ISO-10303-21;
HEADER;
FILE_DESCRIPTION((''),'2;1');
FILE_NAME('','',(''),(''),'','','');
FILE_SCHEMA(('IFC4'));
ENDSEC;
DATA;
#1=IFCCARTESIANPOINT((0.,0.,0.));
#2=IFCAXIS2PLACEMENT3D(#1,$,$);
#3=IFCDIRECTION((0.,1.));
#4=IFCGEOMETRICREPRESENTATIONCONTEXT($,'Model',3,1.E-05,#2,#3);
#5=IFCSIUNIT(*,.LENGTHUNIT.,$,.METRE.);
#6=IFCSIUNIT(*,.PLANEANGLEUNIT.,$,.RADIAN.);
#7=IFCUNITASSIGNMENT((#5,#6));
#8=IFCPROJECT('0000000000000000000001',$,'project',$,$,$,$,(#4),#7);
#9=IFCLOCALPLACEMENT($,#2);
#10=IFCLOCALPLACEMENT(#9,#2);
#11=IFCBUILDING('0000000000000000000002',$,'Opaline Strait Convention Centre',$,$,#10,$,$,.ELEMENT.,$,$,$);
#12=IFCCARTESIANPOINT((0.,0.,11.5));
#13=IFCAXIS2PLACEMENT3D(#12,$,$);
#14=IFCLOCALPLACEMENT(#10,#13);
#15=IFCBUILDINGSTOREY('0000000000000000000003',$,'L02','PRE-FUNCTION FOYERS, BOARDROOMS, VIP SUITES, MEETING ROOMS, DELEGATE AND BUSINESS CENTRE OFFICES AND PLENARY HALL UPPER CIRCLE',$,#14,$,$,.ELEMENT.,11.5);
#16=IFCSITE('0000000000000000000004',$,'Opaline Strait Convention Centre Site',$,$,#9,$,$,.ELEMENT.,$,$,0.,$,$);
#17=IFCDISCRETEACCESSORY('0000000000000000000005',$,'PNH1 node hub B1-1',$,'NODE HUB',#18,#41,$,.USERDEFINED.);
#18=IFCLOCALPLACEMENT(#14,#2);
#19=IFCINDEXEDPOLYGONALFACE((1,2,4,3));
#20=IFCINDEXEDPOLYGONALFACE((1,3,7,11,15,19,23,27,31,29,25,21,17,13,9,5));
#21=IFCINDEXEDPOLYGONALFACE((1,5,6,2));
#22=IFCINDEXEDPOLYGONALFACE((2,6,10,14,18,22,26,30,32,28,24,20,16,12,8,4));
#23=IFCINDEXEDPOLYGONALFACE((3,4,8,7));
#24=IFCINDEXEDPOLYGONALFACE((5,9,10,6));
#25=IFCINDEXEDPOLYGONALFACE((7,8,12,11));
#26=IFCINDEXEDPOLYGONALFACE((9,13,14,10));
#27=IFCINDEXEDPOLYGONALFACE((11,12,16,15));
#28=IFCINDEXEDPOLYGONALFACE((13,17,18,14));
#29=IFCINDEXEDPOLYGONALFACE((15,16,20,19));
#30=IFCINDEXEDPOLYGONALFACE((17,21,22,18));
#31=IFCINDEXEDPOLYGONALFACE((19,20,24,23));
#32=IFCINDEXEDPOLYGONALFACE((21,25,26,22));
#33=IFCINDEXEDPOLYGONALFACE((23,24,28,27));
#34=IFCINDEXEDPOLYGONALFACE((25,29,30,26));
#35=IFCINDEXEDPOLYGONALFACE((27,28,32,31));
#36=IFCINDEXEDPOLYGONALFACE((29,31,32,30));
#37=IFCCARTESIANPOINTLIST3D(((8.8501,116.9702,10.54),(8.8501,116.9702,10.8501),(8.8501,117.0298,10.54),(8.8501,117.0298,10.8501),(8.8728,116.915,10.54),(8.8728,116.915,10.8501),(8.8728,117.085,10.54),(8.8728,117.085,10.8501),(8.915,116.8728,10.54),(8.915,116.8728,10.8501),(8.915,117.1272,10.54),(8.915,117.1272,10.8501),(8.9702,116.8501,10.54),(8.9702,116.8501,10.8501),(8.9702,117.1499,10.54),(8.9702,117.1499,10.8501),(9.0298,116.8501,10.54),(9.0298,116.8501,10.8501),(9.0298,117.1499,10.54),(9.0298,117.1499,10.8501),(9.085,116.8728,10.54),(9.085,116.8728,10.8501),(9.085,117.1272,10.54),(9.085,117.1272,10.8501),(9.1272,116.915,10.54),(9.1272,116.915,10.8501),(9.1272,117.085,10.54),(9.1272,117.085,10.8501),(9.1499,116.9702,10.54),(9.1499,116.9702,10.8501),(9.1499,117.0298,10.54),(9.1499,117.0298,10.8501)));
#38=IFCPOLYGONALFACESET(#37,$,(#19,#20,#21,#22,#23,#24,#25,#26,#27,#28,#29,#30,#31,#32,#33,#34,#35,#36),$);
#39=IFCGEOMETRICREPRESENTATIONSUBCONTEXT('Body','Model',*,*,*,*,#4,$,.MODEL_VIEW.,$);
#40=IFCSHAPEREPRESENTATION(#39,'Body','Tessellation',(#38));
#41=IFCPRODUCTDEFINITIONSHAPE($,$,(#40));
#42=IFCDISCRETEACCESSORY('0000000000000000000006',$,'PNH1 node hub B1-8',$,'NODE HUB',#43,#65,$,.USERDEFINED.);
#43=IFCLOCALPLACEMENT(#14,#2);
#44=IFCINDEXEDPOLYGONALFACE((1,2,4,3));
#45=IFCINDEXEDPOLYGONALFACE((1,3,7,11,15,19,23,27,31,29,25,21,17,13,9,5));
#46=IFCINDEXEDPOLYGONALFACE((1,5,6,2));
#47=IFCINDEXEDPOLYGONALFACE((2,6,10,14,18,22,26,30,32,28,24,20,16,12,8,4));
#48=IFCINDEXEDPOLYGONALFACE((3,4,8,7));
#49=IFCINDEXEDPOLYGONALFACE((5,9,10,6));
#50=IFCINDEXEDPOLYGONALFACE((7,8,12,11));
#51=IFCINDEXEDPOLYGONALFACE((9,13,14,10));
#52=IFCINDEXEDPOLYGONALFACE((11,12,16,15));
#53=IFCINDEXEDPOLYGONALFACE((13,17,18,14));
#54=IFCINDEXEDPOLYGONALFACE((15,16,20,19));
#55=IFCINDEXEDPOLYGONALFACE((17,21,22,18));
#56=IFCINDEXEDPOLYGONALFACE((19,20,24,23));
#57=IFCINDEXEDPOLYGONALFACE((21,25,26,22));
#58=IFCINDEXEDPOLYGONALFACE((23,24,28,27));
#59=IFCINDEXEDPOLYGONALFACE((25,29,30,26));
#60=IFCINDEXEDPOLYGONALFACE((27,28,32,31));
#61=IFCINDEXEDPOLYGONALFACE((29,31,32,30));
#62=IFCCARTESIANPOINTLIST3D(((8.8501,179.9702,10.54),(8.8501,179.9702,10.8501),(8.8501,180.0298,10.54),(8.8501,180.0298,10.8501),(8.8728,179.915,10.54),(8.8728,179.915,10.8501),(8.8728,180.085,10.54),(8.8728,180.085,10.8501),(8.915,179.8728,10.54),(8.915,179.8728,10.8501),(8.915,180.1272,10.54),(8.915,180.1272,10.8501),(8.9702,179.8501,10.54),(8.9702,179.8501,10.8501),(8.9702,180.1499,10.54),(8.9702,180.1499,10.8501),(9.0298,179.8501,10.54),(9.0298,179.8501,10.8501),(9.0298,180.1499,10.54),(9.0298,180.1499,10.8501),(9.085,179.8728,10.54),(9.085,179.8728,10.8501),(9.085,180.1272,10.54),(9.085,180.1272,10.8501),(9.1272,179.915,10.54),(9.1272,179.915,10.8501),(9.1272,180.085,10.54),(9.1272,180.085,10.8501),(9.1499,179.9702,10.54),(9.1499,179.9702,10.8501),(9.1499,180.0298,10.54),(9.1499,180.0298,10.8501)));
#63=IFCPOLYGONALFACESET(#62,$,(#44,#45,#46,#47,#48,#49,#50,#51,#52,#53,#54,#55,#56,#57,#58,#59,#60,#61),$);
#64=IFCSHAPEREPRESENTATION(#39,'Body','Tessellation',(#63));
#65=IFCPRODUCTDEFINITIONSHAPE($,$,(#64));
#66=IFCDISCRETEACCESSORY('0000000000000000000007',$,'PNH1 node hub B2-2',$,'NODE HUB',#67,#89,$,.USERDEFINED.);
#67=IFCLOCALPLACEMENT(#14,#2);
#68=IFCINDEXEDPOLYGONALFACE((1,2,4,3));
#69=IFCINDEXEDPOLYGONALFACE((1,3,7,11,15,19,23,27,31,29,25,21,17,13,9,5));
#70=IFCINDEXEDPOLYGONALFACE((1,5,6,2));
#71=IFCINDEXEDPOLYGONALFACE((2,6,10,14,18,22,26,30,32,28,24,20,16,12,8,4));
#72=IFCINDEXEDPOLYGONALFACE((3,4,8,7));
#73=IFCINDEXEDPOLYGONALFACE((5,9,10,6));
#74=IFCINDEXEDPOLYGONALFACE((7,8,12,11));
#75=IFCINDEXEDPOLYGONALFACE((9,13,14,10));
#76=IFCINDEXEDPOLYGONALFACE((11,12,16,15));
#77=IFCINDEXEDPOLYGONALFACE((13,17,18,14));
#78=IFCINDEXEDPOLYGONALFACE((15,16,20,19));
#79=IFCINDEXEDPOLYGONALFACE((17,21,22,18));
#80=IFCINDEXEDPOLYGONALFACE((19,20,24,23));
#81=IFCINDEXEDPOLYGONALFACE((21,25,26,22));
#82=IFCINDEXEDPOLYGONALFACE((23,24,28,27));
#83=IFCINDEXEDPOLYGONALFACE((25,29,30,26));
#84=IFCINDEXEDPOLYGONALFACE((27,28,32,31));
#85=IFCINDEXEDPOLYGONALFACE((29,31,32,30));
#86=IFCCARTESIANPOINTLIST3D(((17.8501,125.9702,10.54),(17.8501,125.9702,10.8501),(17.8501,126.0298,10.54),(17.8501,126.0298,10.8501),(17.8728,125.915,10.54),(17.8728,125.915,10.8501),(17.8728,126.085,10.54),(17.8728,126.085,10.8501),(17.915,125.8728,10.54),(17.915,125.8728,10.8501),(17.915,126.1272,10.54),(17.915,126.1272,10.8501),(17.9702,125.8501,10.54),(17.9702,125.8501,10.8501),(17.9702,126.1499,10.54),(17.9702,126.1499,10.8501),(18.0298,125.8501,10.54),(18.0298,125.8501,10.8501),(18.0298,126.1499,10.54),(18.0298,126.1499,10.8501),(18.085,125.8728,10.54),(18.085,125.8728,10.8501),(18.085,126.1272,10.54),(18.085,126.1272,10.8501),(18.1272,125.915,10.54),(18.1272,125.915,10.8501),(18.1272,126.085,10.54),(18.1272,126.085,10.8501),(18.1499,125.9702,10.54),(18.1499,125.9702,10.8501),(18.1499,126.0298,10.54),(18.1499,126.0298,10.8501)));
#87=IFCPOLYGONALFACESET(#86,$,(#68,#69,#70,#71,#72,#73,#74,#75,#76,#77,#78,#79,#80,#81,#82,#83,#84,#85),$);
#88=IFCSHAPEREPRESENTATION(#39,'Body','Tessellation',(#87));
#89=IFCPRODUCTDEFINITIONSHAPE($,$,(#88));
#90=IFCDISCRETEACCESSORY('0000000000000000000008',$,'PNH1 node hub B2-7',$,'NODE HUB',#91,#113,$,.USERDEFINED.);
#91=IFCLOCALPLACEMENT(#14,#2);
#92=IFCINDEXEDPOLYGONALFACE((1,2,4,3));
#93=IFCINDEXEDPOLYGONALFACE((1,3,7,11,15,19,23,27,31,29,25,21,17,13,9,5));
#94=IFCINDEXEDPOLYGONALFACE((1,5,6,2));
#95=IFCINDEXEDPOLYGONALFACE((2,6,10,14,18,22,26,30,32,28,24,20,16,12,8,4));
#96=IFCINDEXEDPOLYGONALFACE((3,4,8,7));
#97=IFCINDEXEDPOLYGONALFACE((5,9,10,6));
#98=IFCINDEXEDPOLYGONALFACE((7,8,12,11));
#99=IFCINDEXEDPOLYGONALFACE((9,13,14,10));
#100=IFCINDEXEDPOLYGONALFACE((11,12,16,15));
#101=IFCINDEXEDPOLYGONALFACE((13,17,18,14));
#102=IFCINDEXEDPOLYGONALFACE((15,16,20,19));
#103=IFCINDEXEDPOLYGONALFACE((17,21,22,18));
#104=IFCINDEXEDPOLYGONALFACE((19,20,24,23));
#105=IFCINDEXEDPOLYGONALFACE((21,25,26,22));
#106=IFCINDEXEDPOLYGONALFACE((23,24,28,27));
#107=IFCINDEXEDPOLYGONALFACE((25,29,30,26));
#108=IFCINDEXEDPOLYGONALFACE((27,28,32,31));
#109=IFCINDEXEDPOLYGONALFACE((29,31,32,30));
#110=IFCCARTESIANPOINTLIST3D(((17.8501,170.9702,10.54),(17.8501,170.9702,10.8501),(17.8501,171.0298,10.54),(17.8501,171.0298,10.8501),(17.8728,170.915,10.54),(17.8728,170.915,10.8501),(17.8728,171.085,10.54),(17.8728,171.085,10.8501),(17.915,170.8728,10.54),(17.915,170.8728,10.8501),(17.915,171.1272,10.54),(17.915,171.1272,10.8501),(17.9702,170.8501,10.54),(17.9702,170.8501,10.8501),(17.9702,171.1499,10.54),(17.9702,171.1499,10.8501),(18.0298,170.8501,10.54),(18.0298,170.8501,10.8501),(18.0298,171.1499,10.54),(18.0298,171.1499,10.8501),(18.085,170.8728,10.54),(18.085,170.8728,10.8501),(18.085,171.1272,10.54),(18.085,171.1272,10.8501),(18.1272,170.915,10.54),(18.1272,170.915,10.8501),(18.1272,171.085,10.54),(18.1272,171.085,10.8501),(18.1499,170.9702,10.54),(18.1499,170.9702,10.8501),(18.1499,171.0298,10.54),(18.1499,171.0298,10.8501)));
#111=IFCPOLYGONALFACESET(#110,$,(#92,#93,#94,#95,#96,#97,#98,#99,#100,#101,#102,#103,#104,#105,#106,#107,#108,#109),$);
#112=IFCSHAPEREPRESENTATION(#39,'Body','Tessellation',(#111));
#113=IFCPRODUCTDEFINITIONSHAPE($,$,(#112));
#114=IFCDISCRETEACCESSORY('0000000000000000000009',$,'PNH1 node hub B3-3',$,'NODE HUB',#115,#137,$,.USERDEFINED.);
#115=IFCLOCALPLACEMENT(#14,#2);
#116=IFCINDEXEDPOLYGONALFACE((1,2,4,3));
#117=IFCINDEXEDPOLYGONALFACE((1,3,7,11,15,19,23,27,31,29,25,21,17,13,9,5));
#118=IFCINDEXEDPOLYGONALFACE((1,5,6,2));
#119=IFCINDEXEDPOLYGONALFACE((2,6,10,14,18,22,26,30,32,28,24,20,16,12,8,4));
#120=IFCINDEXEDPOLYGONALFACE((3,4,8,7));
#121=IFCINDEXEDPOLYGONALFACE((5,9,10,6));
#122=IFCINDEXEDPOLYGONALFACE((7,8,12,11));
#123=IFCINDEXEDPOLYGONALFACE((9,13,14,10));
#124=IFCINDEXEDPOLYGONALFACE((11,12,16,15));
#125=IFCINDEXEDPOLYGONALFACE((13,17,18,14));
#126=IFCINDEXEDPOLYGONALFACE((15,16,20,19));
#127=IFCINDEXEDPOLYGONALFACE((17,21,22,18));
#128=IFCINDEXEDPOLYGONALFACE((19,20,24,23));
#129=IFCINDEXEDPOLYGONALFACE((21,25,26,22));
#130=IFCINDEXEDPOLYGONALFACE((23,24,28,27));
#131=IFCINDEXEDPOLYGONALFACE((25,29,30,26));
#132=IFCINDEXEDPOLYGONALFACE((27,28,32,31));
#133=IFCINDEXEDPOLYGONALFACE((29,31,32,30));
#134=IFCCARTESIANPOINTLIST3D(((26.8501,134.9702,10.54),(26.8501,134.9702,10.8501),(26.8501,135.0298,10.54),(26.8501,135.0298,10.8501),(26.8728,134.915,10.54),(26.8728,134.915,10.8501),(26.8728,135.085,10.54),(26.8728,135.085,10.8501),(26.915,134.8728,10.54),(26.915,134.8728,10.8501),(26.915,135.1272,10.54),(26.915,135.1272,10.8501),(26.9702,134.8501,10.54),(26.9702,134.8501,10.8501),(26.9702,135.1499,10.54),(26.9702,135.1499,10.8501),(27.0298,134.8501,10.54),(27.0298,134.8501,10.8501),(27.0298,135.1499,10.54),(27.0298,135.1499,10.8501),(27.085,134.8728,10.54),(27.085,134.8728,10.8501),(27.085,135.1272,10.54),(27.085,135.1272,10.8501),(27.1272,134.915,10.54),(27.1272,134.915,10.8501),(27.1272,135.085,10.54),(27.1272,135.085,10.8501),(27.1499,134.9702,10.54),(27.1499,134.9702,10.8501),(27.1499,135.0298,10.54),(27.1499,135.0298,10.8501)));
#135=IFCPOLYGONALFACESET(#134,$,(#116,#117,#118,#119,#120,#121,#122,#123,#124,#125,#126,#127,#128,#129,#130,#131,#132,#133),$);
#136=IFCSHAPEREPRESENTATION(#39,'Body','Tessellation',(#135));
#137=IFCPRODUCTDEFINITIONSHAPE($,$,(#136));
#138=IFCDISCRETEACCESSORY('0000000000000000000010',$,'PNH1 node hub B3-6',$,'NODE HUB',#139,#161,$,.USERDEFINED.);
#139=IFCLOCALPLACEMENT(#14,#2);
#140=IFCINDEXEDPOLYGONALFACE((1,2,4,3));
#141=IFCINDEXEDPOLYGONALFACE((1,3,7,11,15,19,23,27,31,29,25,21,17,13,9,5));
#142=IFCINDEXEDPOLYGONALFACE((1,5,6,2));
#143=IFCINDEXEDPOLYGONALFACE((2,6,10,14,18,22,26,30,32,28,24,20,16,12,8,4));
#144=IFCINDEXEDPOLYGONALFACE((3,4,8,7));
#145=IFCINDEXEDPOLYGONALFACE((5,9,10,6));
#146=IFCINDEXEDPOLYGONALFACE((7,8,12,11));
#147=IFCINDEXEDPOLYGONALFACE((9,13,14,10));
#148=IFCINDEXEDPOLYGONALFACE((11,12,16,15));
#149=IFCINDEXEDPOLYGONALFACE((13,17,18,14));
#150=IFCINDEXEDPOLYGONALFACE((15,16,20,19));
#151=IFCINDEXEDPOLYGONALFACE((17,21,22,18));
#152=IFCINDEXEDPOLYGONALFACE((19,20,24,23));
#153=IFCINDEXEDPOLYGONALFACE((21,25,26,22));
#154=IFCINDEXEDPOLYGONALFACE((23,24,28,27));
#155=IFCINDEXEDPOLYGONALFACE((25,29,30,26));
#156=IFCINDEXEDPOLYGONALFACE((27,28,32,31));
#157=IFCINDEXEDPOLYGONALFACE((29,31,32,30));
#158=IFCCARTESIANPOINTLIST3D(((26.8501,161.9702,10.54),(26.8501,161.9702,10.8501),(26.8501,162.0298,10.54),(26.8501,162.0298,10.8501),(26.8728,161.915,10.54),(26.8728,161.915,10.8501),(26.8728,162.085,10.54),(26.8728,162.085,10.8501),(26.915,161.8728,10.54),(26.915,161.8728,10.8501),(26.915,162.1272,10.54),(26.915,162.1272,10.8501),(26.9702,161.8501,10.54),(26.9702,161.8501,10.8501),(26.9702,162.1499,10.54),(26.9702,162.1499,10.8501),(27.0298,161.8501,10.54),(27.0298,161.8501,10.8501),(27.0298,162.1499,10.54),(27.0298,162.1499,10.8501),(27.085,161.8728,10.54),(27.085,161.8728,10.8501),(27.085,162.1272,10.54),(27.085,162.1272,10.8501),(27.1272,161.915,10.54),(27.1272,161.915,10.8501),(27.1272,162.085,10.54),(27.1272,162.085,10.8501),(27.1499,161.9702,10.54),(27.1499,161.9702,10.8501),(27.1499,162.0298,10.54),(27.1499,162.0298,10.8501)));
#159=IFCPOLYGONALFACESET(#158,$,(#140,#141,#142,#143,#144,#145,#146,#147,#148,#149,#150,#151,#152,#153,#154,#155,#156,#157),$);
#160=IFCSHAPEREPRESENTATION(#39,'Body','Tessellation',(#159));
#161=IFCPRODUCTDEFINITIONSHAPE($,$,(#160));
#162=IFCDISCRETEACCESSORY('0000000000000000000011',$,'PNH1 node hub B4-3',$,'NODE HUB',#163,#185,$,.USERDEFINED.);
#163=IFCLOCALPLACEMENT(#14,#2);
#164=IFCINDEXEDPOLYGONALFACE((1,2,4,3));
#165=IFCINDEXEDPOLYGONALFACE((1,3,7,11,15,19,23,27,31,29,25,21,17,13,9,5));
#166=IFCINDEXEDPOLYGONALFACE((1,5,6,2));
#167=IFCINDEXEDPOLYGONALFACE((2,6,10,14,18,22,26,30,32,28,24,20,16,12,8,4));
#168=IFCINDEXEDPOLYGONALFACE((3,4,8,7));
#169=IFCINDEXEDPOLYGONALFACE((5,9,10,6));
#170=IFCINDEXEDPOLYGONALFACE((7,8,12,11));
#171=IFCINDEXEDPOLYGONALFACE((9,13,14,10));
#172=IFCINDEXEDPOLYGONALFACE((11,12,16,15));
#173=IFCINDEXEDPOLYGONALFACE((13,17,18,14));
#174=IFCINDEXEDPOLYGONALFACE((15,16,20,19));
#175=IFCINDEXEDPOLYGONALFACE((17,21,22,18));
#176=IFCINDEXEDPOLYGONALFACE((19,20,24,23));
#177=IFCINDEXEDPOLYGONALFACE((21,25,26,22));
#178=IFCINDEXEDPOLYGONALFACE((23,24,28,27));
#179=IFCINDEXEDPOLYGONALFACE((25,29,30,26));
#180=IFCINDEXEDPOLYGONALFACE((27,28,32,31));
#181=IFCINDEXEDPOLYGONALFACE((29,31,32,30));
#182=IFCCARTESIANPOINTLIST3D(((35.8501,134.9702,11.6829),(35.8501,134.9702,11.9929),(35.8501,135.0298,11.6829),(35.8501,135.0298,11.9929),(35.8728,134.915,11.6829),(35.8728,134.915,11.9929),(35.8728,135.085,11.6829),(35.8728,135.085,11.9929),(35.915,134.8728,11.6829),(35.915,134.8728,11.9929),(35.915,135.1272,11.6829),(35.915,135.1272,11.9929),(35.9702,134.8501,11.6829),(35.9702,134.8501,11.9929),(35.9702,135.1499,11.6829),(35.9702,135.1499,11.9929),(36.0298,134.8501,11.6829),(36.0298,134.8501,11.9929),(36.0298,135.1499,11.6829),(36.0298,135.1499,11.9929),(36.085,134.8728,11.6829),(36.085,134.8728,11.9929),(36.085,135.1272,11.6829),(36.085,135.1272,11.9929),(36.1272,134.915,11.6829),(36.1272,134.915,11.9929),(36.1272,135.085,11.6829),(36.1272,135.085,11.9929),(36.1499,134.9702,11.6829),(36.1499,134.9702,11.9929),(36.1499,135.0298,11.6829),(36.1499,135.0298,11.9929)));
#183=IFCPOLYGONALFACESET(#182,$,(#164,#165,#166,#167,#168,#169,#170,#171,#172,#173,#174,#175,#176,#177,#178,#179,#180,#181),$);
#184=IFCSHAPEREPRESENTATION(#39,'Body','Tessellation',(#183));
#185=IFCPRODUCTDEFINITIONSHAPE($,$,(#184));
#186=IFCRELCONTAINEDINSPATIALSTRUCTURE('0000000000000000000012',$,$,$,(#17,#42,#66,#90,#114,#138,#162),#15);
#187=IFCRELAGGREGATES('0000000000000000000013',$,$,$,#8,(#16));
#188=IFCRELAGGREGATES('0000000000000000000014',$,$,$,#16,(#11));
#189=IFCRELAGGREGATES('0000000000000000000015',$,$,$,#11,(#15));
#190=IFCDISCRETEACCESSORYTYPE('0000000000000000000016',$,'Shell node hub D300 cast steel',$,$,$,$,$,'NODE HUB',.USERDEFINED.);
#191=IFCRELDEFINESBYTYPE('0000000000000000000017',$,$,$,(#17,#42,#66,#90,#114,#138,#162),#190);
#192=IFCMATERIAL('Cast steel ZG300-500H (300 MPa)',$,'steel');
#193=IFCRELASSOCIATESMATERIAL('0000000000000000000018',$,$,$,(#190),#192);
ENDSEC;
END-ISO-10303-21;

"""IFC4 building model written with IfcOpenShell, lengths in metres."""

from ifc_helpers import new_model, si_unit, direction, frame, origin, place, context, subcontext, project, spatial, polyline, outline, extrude, material, type_object, element, save


model = new_model("IFC4")

# Units and contexts
model_context = context("Model", 3, precision=1e-05, world=origin(), true_north=direction((0.0, 1.0)))
body_context = subcontext(model_context, "Body", "Model", "MODEL_VIEW")
ifc_project = project(units=[si_unit("LENGTHUNIT", "METRE"), si_unit("PLANEANGLEUNIT", "RADIAN")], contexts=[model_context])

# Site, building, storey
site_placement = place(None, origin())
site = spatial("IfcSite", under=ifc_project, at=site_placement, Name="Opaline Strait Convention Centre Site", CompositionType="ELEMENT", RefElevation=0.0)
building_placement = place(site_placement, origin())
building = spatial("IfcBuilding", under=site, at=building_placement, Name="Opaline Strait Convention Centre", CompositionType="ELEMENT")
storey_placement = place(building_placement, frame((0.0, 0.0, 11.5)))
storey = spatial("IfcBuildingStorey", under=building, at=storey_placement, Name="L02", Description="PRE-FUNCTION FOYERS, BOARDROOMS, VIP SUITES, MEETING ROOMS, DELEGATE AND BUSINESS CENTRE OFFICES AND PLENARY HALL UPPER CIRCLE", CompositionType="ELEMENT", Elevation=11.5)

# Discrete accessories
ifc_material = material(Name="Cast steel ZG300-500H (300 MPa)", Category="steel")
discrete_accessory_type = type_object("IfcDiscreteAccessoryType", Name="Shell node hub D300 cast steel", ElementType="NODE HUB", PredefinedType="USERDEFINED", material=ifc_material)
discrete_accessory_1_placement = place(storey_placement, frame((0.0, 0.0, 10.54)))
element("IfcDiscreteAccessory", 1, at=discrete_accessory_1_placement, inside=storey, type_object=discrete_accessory_type, Name="PNH1 node hub B1-1", ObjectType="NODE HUB", PredefinedType="USERDEFINED", context=body_context, shape_type="SweptSolid", body=[
    extrude(outline(polyline([(9.1499, 117.0298), (9.1272, 117.085), (9.085, 117.1272), (9.0298, 117.1499), (8.9702, 117.1499), (8.915, 117.1272), (8.8728, 117.085), (8.8501, 117.0298), (8.8501, 116.9702), (8.8728, 116.915), (8.915, 116.8728), (8.9702, 116.8501), (9.0298, 116.8501), (9.085, 116.8728), (9.1272, 116.915), (9.1499, 116.9702), (9.1499, 117.0298)])), origin(), (0.0, 0.0, 1.0), 0.3101),
])
discrete_accessory_2_placement = place(storey_placement, frame((0.0, 0.0, 10.54)))
element("IfcDiscreteAccessory", 2, at=discrete_accessory_2_placement, inside=storey, type_object=discrete_accessory_type, Name="PNH1 node hub B1-8", ObjectType="NODE HUB", PredefinedType="USERDEFINED", context=body_context, shape_type="SweptSolid", body=[
    extrude(outline(polyline([(9.1499, 180.0298), (9.1272, 180.085), (9.085, 180.1272), (9.0298, 180.1499), (8.9702, 180.1499), (8.915, 180.1272), (8.8728, 180.085), (8.8501, 180.0298), (8.8501, 179.9702), (8.8728, 179.915), (8.915, 179.8728), (8.9702, 179.8501), (9.0298, 179.8501), (9.085, 179.8728), (9.1272, 179.915), (9.1499, 179.9702), (9.1499, 180.0298)])), origin(), (0.0, 0.0, 1.0), 0.3101),
])
discrete_accessory_3_placement = place(storey_placement, frame((0.0, 0.0, 10.54)))
element("IfcDiscreteAccessory", 3, at=discrete_accessory_3_placement, inside=storey, type_object=discrete_accessory_type, Name="PNH1 node hub B2-2", ObjectType="NODE HUB", PredefinedType="USERDEFINED", context=body_context, shape_type="SweptSolid", body=[
    extrude(outline(polyline([(18.1499, 126.0298), (18.1272, 126.085), (18.085, 126.1272), (18.0298, 126.1499), (17.9702, 126.1499), (17.915, 126.1272), (17.8728, 126.085), (17.8501, 126.0298), (17.8501, 125.9702), (17.8728, 125.915), (17.915, 125.8728), (17.9702, 125.8501), (18.0298, 125.8501), (18.085, 125.8728), (18.1272, 125.915), (18.1499, 125.9702), (18.1499, 126.0298)])), origin(), (0.0, 0.0, 1.0), 0.3101),
])
discrete_accessory_4_placement = place(storey_placement, frame((0.0, 0.0, 10.54)))
element("IfcDiscreteAccessory", 4, at=discrete_accessory_4_placement, inside=storey, type_object=discrete_accessory_type, Name="PNH1 node hub B2-7", ObjectType="NODE HUB", PredefinedType="USERDEFINED", context=body_context, shape_type="SweptSolid", body=[
    extrude(outline(polyline([(18.1499, 171.0298), (18.1272, 171.085), (18.085, 171.1272), (18.0298, 171.1499), (17.9702, 171.1499), (17.915, 171.1272), (17.8728, 171.085), (17.8501, 171.0298), (17.8501, 170.9702), (17.8728, 170.915), (17.915, 170.8728), (17.9702, 170.8501), (18.0298, 170.8501), (18.085, 170.8728), (18.1272, 170.915), (18.1499, 170.9702), (18.1499, 171.0298)])), origin(), (0.0, 0.0, 1.0), 0.3101),
])
discrete_accessory_5_placement = place(storey_placement, frame((0.0, 0.0, 10.54)))
element("IfcDiscreteAccessory", 5, at=discrete_accessory_5_placement, inside=storey, type_object=discrete_accessory_type, Name="PNH1 node hub B3-3", ObjectType="NODE HUB", PredefinedType="USERDEFINED", context=body_context, shape_type="SweptSolid", body=[
    extrude(outline(polyline([(27.1499, 135.0298), (27.1272, 135.085), (27.085, 135.1272), (27.0298, 135.1499), (26.9702, 135.1499), (26.915, 135.1272), (26.8728, 135.085), (26.8501, 135.0298), (26.8501, 134.9702), (26.8728, 134.915), (26.915, 134.8728), (26.9702, 134.8501), (27.0298, 134.8501), (27.085, 134.8728), (27.1272, 134.915), (27.1499, 134.9702), (27.1499, 135.0298)])), origin(), (0.0, 0.0, 1.0), 0.3101),
])
discrete_accessory_6_placement = place(storey_placement, frame((0.0, 0.0, 10.54)))
element("IfcDiscreteAccessory", 6, at=discrete_accessory_6_placement, inside=storey, type_object=discrete_accessory_type, Name="PNH1 node hub B3-6", ObjectType="NODE HUB", PredefinedType="USERDEFINED", context=body_context, shape_type="SweptSolid", body=[
    extrude(outline(polyline([(27.1499, 162.0298), (27.1272, 162.085), (27.085, 162.1272), (27.0298, 162.1499), (26.9702, 162.1499), (26.915, 162.1272), (26.8728, 162.085), (26.8501, 162.0298), (26.8501, 161.9702), (26.8728, 161.915), (26.915, 161.8728), (26.9702, 161.8501), (27.0298, 161.8501), (27.085, 161.8728), (27.1272, 161.915), (27.1499, 161.9702), (27.1499, 162.0298)])), origin(), (0.0, 0.0, 1.0), 0.3101),
])
discrete_accessory_7_placement = place(storey_placement, frame((0.0, 0.0, 11.6829)))
element("IfcDiscreteAccessory", 7, at=discrete_accessory_7_placement, inside=storey, type_object=discrete_accessory_type, Name="PNH1 node hub B4-3", ObjectType="NODE HUB", PredefinedType="USERDEFINED", context=body_context, shape_type="SweptSolid", body=[
    extrude(outline(polyline([(36.1499, 135.0298), (36.1272, 135.085), (36.085, 135.1272), (36.0298, 135.1499), (35.9702, 135.1499), (35.915, 135.1272), (35.8728, 135.085), (35.8501, 135.0298), (35.8501, 134.9702), (35.8728, 134.915), (35.915, 134.8728), (35.9702, 134.8501), (36.0298, 134.8501), (36.085, 134.8728), (36.1272, 134.915), (36.1499, 134.9702), (36.1499, 135.0298)])), origin(), (0.0, 0.0, 1.0), 0.3101),
])

save(model, "model.ifc")
